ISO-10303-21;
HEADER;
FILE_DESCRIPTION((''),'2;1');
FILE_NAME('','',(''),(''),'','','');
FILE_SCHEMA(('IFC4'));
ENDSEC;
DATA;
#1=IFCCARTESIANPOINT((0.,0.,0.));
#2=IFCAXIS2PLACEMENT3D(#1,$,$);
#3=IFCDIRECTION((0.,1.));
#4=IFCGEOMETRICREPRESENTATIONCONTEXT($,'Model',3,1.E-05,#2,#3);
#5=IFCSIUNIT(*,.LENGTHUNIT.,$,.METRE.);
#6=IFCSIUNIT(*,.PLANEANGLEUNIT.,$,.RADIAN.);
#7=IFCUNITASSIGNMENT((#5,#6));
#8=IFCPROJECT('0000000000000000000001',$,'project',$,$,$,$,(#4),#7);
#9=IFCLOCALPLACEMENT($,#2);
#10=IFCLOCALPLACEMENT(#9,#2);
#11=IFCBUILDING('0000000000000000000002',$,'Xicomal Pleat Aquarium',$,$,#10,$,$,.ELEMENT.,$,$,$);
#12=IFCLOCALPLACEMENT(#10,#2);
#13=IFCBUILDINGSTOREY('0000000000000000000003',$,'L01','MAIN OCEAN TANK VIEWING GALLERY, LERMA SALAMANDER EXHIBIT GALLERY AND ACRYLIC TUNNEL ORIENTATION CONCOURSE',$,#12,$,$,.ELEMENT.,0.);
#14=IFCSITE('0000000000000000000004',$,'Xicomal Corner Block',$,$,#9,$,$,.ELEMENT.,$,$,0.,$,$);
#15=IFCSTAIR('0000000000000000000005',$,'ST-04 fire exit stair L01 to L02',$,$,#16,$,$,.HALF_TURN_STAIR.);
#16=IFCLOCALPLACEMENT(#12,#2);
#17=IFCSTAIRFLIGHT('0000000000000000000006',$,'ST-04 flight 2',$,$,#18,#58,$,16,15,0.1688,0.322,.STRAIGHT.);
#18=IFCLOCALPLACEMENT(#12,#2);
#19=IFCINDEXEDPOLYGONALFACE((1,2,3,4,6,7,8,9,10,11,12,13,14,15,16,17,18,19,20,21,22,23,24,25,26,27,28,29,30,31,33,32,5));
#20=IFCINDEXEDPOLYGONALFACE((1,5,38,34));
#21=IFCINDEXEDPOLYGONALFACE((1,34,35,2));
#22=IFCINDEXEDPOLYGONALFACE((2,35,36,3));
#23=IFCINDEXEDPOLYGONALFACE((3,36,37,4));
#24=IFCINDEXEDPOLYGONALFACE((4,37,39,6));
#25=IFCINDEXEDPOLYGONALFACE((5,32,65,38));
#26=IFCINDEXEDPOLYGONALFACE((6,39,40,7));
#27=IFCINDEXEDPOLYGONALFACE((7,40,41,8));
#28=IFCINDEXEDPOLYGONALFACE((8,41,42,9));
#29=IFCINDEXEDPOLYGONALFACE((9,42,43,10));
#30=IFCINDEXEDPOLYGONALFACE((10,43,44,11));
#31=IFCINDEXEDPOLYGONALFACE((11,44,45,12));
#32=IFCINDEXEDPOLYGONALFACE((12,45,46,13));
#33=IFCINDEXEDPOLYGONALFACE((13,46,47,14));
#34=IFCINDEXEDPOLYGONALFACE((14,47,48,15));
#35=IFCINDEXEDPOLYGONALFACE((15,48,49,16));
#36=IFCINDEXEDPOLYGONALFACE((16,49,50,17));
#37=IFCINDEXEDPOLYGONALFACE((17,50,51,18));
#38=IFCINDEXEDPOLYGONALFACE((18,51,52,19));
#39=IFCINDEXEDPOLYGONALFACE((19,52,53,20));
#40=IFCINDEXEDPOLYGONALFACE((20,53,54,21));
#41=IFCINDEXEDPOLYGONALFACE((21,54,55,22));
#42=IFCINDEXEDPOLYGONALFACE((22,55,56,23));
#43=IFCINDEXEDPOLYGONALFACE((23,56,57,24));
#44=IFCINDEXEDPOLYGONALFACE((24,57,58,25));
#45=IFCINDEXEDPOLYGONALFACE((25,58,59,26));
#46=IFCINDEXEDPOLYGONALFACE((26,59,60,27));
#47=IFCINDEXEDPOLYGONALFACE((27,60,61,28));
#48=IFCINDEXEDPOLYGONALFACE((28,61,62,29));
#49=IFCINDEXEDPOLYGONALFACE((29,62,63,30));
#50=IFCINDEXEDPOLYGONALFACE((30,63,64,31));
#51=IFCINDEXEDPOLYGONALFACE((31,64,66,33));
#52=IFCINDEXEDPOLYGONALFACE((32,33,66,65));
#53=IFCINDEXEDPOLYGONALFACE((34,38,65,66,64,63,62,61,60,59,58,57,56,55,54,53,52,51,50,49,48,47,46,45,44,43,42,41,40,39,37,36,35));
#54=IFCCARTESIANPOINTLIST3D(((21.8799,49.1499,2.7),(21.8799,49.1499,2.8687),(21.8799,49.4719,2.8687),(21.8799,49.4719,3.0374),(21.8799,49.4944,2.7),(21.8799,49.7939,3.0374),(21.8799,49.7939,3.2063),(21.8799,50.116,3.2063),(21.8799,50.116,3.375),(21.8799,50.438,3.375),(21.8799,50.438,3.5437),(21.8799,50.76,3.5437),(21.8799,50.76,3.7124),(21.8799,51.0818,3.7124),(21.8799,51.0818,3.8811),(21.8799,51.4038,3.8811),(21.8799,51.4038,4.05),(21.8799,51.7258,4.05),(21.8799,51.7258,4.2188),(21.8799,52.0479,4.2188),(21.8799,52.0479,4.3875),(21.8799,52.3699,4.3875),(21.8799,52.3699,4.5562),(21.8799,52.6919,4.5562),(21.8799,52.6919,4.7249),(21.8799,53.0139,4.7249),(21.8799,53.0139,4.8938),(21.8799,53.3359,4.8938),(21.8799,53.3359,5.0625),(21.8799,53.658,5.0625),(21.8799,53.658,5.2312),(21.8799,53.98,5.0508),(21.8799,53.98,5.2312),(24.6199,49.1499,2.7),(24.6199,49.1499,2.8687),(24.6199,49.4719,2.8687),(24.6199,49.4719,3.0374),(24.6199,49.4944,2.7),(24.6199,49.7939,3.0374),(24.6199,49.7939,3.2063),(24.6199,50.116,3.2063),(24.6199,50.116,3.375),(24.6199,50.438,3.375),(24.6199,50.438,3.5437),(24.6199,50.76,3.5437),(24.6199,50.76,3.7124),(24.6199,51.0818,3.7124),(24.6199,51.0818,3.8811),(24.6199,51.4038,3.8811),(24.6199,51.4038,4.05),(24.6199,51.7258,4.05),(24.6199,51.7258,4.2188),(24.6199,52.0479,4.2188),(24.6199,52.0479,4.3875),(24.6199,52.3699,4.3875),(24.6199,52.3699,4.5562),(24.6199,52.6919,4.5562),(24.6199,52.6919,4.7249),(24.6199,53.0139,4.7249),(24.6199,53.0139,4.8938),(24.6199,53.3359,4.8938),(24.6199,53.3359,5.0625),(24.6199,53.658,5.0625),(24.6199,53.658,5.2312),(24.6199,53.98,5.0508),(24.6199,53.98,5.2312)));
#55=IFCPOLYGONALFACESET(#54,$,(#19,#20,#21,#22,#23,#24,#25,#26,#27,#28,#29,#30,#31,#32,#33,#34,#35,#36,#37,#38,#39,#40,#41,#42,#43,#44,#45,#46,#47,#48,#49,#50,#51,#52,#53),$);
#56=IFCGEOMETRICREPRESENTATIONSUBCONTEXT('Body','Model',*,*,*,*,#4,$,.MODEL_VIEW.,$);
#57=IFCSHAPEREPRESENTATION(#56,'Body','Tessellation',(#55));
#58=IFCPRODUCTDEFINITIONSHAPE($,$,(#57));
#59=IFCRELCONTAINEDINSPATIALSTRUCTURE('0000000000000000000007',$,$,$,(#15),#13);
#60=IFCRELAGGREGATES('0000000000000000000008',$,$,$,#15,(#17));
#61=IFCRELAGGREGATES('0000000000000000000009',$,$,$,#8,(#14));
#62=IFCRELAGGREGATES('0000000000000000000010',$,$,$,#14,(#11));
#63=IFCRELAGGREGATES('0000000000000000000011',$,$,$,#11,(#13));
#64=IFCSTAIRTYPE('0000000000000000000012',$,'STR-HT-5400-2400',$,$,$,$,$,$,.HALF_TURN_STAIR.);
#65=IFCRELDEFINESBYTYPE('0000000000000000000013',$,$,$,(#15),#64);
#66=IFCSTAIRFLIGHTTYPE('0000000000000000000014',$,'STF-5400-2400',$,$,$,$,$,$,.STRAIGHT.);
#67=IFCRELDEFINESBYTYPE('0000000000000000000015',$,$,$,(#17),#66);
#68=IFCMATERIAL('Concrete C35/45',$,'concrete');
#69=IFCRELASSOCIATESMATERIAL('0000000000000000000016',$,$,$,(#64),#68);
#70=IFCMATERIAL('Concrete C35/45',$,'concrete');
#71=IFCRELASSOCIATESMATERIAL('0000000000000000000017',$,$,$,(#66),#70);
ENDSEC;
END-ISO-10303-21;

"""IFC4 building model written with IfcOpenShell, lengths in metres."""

from ifc_helpers import new_model, si_unit, direction, frame, origin, place, context, subcontext, project, spatial, polyline, outline, extrude, material, type_object, element, aggregate, save


model = new_model("IFC4")

# Units and contexts
model_context = context("Model", 3, precision=1e-05, world=origin(), true_north=direction((0.0, 1.0)))
body_context = subcontext(model_context, "Body", "Model", "MODEL_VIEW")
ifc_project = project(units=[si_unit("LENGTHUNIT", "METRE"), si_unit("PLANEANGLEUNIT", "RADIAN")], contexts=[model_context])

# Site, building, storey
site_placement = place(None, origin())
site = spatial("IfcSite", under=ifc_project, at=site_placement, Name="Xicomal Corner Block", CompositionType="ELEMENT", RefElevation=0.0)
building_placement = place(site_placement, origin())
building = spatial("IfcBuilding", under=site, at=building_placement, Name="Xicomal Pleat Aquarium", CompositionType="ELEMENT")
storey_placement = place(building_placement, origin())
storey = spatial("IfcBuildingStorey", under=building, at=storey_placement, Name="L01", Description="MAIN OCEAN TANK VIEWING GALLERY, LERMA SALAMANDER EXHIBIT GALLERY AND ACRYLIC TUNNEL ORIENTATION CONCOURSE", CompositionType="ELEMENT", Elevation=0.0)

# Stair, stair flight
ifc_material_1 = material(Name="Concrete C35/45", Category="concrete")
stair_type = type_object("IfcStairType", Name="STR-HT-5400-2400", PredefinedType="HALF_TURN_STAIR", material=ifc_material_1)
stair_placement = place(storey_placement, origin())
stair = element("IfcStair", 1, at=stair_placement, inside=storey, type_object=stair_type, Name="ST-04 fire exit stair L01 to L02", PredefinedType="HALF_TURN_STAIR")
ifc_material_2 = material(Name="Concrete C35/45", Category="concrete")
stair_flight_type = type_object("IfcStairFlightType", Name="STF-5400-2400", PredefinedType="STRAIGHT", material=ifc_material_2)
stair_flight_1_placement = place(storey_placement, frame((23.25, 49.1499, 2.7), z_axis=(0.0, 0.0, 1.0), x_axis=(0.0, 1.0, 0.0)))
stair_flight_1 = element("IfcStairFlight", 2, at=stair_flight_1_placement, type_object=stair_flight_type, Name="ST-04 flight 2", NumberOfRisers=16, NumberOfTreads=15, PredefinedType="STRAIGHT", RiserHeight=0.1688, TreadLength=0.322, context=body_context, shape_type="SweptSolid", body=[
    extrude(outline(polyline([(0.0, 0.0), (0.0, 0.1687), (0.322, 0.1687), (0.322, 0.3374), (0.644, 0.3374), (0.644, 0.5063), (0.9661, 0.5063), (0.9661, 0.675), (1.2881, 0.675), (1.2881, 0.8438), (1.6101, 0.8438), (1.6101, 1.0125), (1.9319, 1.0125), (1.9319, 1.1812), (2.2539, 1.1812), (2.2539, 1.3501), (2.5759, 1.3501), (2.5759, 1.5188), (2.8979, 1.5188), (2.8979, 1.6875), (3.22, 1.6875), (3.22, 1.8562), (3.542, 1.8562), (3.542, 2.0249), (3.864, 2.0249), (3.864, 2.1938), (4.186, 2.1938), (4.186, 2.3625), (4.5081, 2.3625), (4.5081, 2.5312), (4.8301, 2.5312), (4.8301, 2.7), (4.8301, 2.3508), (0.3445, 0.0), (0.0, 0.0)])), frame((0.0, 1.3701, 0.0), z_axis=(0.0, -1.0, 0.0), x_axis=(1.0, 0.0, 0.0)), (0.0, 0.0, 1.0), 2.74),
])
aggregate(stair, [stair_flight_1])

save(model, "model.ifc")
